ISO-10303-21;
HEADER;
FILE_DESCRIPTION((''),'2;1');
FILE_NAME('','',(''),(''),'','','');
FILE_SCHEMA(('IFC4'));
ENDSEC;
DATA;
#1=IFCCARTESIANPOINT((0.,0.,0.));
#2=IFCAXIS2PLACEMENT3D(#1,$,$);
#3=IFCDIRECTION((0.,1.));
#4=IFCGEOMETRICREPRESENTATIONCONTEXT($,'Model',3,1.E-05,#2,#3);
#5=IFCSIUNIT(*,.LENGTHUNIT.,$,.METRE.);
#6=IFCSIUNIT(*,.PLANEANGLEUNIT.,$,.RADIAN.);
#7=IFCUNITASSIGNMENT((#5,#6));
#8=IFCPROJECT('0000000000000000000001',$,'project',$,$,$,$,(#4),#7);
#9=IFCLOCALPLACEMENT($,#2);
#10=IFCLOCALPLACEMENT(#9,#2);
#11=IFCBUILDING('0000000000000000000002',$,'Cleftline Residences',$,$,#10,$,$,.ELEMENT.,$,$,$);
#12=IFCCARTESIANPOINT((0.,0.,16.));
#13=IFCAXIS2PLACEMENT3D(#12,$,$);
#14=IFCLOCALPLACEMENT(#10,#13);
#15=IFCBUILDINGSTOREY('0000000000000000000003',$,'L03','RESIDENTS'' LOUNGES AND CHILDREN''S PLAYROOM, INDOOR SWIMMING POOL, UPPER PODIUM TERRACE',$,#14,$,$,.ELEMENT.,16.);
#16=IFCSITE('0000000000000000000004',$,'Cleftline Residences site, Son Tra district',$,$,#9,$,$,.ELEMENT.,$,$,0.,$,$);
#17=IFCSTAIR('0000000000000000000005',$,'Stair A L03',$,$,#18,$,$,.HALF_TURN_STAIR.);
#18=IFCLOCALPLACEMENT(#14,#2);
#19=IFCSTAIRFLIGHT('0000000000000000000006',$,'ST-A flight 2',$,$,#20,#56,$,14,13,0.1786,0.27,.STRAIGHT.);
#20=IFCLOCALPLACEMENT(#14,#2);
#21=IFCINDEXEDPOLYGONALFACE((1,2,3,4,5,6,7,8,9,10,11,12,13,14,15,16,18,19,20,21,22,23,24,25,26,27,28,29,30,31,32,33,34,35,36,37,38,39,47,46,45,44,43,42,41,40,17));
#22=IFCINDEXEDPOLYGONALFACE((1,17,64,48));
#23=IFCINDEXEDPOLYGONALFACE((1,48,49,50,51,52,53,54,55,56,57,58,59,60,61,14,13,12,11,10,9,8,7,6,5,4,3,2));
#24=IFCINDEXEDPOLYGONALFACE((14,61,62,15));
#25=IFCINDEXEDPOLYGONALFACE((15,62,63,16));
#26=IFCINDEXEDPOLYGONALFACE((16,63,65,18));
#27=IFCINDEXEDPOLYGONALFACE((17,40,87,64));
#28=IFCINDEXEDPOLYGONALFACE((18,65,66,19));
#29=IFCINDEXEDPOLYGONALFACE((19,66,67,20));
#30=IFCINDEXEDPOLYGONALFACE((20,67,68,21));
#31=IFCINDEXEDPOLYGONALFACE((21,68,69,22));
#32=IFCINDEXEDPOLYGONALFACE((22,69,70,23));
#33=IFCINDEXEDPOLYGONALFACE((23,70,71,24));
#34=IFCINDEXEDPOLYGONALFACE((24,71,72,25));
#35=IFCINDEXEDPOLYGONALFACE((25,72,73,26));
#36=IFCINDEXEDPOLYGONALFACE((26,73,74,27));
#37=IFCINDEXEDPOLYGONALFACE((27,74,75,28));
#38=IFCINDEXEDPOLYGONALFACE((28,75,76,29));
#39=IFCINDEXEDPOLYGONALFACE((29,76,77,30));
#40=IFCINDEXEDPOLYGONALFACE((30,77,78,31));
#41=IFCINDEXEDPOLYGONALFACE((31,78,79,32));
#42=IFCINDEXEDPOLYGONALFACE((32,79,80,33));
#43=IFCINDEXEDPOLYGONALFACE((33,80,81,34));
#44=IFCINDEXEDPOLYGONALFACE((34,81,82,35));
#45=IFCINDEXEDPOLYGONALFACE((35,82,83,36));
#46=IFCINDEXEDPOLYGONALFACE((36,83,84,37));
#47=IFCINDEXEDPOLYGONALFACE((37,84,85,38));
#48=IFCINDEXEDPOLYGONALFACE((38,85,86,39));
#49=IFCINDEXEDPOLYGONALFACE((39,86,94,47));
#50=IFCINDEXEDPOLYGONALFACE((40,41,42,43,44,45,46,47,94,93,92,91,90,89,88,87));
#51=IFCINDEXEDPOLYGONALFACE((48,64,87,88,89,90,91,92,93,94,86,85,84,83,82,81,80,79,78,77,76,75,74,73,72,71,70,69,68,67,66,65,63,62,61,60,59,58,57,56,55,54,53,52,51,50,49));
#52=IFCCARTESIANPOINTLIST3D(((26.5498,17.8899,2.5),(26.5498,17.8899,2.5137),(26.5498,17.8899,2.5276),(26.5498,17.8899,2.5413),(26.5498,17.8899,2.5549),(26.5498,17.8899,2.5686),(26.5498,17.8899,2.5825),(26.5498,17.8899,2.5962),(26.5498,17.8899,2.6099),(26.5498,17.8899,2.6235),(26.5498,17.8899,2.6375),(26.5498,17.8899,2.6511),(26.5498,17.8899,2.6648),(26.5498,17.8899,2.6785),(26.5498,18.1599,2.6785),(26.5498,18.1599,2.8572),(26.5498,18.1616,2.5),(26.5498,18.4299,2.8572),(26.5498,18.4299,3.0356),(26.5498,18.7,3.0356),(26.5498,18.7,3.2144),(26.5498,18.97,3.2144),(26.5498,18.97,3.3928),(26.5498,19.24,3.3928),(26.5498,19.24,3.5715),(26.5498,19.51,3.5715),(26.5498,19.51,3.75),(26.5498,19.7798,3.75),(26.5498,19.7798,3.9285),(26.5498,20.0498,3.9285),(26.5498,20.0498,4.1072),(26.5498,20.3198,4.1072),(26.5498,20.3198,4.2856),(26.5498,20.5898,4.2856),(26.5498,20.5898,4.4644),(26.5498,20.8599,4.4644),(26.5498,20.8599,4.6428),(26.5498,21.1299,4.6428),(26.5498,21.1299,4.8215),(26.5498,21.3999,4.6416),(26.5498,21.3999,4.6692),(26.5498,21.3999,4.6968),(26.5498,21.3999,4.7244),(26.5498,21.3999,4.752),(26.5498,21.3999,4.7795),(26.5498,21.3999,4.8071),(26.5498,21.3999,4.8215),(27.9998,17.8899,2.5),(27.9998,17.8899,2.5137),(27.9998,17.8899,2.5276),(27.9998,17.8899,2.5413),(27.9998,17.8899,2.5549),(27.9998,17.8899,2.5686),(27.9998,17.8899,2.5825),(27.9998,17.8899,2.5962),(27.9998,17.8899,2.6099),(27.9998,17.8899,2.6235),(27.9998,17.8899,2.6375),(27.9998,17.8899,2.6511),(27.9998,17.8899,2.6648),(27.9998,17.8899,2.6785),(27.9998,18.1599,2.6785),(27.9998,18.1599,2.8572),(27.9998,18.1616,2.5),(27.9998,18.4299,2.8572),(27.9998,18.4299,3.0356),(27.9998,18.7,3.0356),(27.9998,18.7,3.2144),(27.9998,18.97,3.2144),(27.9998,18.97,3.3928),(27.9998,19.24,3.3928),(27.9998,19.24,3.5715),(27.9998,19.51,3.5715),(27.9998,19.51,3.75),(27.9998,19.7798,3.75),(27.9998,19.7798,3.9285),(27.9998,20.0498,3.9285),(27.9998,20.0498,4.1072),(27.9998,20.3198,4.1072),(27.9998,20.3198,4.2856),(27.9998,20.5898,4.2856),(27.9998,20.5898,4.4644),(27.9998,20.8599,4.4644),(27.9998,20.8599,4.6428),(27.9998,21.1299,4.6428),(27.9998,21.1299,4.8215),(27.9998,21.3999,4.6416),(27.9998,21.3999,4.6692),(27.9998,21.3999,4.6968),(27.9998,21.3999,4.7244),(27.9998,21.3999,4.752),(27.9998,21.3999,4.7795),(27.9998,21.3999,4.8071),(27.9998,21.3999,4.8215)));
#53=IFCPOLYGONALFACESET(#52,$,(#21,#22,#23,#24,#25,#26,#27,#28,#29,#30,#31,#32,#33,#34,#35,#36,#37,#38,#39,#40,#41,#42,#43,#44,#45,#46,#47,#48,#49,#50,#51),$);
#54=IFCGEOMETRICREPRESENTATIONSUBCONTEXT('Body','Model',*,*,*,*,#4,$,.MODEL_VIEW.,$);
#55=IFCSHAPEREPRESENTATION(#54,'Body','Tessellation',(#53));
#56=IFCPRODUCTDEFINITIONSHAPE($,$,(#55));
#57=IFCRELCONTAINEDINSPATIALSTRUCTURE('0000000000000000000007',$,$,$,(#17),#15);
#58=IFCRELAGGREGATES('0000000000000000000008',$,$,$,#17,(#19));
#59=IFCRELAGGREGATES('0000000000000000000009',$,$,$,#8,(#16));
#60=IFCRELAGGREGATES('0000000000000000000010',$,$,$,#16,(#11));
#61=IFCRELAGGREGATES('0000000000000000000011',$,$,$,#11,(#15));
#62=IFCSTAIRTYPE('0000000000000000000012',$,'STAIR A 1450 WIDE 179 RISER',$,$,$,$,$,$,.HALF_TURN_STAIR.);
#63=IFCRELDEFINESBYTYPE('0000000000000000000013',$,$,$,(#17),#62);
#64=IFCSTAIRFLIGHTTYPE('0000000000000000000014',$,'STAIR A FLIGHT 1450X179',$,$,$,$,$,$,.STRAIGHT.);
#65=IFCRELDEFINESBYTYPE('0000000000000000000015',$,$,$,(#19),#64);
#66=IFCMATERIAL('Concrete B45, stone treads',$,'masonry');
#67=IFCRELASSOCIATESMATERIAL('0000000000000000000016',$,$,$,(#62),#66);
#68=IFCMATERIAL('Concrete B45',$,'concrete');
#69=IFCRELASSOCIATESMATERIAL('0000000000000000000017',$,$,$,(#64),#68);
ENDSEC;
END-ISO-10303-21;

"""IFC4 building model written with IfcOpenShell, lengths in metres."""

from ifc_helpers import new_model, si_unit, direction, frame, origin, place, context, subcontext, project, spatial, polyline, outline, extrude, material, type_object, element, aggregate, save


model = new_model("IFC4")

# Units and contexts
model_context = context("Model", 3, precision=1e-05, world=origin(), true_north=direction((0.0, 1.0)))
body_context = subcontext(model_context, "Body", "Model", "MODEL_VIEW")
ifc_project = project(units=[si_unit("LENGTHUNIT", "METRE"), si_unit("PLANEANGLEUNIT", "RADIAN")], contexts=[model_context])

# Site, building, storey
site_placement = place(None, origin())
site = spatial("IfcSite", under=ifc_project, at=site_placement, Name="Cleftline Residences site, Son Tra district", CompositionType="ELEMENT", RefElevation=0.0)
building_placement = place(site_placement, origin())
building = spatial("IfcBuilding", under=site, at=building_placement, Name="Cleftline Residences", CompositionType="ELEMENT")
storey_placement = place(building_placement, frame((0.0, 0.0, 16.0)))
storey = spatial("IfcBuildingStorey", under=building, at=storey_placement, Name="L03", Description="RESIDENTS' LOUNGES AND CHILDREN'S PLAYROOM, INDOOR SWIMMING POOL, UPPER PODIUM TERRACE", CompositionType="ELEMENT", Elevation=16.0)

# Stair, stair flight
ifc_material_1 = material(Name="Concrete B45, stone treads", Category="masonry")
stair_type = type_object("IfcStairType", Name="STAIR A 1450 WIDE 179 RISER", PredefinedType="HALF_TURN_STAIR", material=ifc_material_1)
stair_placement = place(storey_placement, origin())
stair = element("IfcStair", 1, at=stair_placement, inside=storey, type_object=stair_type, Name="Stair A L03", PredefinedType="HALF_TURN_STAIR")
ifc_material_2 = material(Name="Concrete B45", Category="concrete")
stair_flight_type = type_object("IfcStairFlightType", Name="STAIR A FLIGHT 1450X179", PredefinedType="STRAIGHT", material=ifc_material_2)
stair_flight_1_placement = place(storey_placement, frame((27.2749, 17.8899, 2.5), z_axis=(0.0, 0.0, 1.0), x_axis=(0.0, 1.0, 0.0)))
stair_flight_1 = element("IfcStairFlight", 2, at=stair_flight_1_placement, type_object=stair_flight_type, Name="ST-A flight 2", NumberOfRisers=14, NumberOfTreads=13, PredefinedType="STRAIGHT", RiserHeight=0.1786, TreadLength=0.27, context=body_context, shape_type="SweptSolid", body=[
    extrude(outline(polyline([(0.0, 0.0), (0.0, 0.0137), (0.0, 0.0276), (0.0, 0.0413), (0.0, 0.0549), (0.0, 0.0686), (0.0, 0.0825), (0.0, 0.0962), (0.0, 0.1099), (0.0, 0.1235), (0.0, 0.1375), (0.0, 0.1511), (0.0, 0.1648), (0.0, 0.1785), (0.27, 0.1785), (0.27, 0.3572), (0.54, 0.3572), (0.54, 0.5356), (0.8101, 0.5356), (0.8101, 0.7144), (1.0801, 0.7144), (1.0801, 0.8928), (1.3501, 0.8928), (1.3501, 1.0715), (1.6201, 1.0715), (1.6201, 1.25), (1.8899, 1.25), (1.8899, 1.4285), (2.1599, 1.4285), (2.1599, 1.6072), (2.4299, 1.6072), (2.4299, 1.7856), (2.7, 1.7856), (2.7, 1.9644), (2.97, 1.9644), (2.97, 2.1428), (3.24, 2.1428), (3.24, 2.3215), (3.51, 2.3215), (3.51, 2.5), (3.51, 2.4724), (3.51, 2.4448), (3.51, 2.4172), (3.51, 2.3896), (3.51, 2.3623), (3.51, 2.3347), (3.51, 2.3071), (3.51, 2.2795), (3.51, 2.252), (3.51, 2.2244), (3.51, 2.1968), (3.51, 2.1692), (3.51, 2.1416), (0.2717, 0.0), (0.0, 0.0)])), frame((0.0, 0.7251, 0.0), z_axis=(0.0, -1.0, 0.0), x_axis=(1.0, 0.0, 0.0)), (0.0, 0.0, 1.0), 1.45),
])
aggregate(stair, [stair_flight_1])

save(model, "model.ifc")
